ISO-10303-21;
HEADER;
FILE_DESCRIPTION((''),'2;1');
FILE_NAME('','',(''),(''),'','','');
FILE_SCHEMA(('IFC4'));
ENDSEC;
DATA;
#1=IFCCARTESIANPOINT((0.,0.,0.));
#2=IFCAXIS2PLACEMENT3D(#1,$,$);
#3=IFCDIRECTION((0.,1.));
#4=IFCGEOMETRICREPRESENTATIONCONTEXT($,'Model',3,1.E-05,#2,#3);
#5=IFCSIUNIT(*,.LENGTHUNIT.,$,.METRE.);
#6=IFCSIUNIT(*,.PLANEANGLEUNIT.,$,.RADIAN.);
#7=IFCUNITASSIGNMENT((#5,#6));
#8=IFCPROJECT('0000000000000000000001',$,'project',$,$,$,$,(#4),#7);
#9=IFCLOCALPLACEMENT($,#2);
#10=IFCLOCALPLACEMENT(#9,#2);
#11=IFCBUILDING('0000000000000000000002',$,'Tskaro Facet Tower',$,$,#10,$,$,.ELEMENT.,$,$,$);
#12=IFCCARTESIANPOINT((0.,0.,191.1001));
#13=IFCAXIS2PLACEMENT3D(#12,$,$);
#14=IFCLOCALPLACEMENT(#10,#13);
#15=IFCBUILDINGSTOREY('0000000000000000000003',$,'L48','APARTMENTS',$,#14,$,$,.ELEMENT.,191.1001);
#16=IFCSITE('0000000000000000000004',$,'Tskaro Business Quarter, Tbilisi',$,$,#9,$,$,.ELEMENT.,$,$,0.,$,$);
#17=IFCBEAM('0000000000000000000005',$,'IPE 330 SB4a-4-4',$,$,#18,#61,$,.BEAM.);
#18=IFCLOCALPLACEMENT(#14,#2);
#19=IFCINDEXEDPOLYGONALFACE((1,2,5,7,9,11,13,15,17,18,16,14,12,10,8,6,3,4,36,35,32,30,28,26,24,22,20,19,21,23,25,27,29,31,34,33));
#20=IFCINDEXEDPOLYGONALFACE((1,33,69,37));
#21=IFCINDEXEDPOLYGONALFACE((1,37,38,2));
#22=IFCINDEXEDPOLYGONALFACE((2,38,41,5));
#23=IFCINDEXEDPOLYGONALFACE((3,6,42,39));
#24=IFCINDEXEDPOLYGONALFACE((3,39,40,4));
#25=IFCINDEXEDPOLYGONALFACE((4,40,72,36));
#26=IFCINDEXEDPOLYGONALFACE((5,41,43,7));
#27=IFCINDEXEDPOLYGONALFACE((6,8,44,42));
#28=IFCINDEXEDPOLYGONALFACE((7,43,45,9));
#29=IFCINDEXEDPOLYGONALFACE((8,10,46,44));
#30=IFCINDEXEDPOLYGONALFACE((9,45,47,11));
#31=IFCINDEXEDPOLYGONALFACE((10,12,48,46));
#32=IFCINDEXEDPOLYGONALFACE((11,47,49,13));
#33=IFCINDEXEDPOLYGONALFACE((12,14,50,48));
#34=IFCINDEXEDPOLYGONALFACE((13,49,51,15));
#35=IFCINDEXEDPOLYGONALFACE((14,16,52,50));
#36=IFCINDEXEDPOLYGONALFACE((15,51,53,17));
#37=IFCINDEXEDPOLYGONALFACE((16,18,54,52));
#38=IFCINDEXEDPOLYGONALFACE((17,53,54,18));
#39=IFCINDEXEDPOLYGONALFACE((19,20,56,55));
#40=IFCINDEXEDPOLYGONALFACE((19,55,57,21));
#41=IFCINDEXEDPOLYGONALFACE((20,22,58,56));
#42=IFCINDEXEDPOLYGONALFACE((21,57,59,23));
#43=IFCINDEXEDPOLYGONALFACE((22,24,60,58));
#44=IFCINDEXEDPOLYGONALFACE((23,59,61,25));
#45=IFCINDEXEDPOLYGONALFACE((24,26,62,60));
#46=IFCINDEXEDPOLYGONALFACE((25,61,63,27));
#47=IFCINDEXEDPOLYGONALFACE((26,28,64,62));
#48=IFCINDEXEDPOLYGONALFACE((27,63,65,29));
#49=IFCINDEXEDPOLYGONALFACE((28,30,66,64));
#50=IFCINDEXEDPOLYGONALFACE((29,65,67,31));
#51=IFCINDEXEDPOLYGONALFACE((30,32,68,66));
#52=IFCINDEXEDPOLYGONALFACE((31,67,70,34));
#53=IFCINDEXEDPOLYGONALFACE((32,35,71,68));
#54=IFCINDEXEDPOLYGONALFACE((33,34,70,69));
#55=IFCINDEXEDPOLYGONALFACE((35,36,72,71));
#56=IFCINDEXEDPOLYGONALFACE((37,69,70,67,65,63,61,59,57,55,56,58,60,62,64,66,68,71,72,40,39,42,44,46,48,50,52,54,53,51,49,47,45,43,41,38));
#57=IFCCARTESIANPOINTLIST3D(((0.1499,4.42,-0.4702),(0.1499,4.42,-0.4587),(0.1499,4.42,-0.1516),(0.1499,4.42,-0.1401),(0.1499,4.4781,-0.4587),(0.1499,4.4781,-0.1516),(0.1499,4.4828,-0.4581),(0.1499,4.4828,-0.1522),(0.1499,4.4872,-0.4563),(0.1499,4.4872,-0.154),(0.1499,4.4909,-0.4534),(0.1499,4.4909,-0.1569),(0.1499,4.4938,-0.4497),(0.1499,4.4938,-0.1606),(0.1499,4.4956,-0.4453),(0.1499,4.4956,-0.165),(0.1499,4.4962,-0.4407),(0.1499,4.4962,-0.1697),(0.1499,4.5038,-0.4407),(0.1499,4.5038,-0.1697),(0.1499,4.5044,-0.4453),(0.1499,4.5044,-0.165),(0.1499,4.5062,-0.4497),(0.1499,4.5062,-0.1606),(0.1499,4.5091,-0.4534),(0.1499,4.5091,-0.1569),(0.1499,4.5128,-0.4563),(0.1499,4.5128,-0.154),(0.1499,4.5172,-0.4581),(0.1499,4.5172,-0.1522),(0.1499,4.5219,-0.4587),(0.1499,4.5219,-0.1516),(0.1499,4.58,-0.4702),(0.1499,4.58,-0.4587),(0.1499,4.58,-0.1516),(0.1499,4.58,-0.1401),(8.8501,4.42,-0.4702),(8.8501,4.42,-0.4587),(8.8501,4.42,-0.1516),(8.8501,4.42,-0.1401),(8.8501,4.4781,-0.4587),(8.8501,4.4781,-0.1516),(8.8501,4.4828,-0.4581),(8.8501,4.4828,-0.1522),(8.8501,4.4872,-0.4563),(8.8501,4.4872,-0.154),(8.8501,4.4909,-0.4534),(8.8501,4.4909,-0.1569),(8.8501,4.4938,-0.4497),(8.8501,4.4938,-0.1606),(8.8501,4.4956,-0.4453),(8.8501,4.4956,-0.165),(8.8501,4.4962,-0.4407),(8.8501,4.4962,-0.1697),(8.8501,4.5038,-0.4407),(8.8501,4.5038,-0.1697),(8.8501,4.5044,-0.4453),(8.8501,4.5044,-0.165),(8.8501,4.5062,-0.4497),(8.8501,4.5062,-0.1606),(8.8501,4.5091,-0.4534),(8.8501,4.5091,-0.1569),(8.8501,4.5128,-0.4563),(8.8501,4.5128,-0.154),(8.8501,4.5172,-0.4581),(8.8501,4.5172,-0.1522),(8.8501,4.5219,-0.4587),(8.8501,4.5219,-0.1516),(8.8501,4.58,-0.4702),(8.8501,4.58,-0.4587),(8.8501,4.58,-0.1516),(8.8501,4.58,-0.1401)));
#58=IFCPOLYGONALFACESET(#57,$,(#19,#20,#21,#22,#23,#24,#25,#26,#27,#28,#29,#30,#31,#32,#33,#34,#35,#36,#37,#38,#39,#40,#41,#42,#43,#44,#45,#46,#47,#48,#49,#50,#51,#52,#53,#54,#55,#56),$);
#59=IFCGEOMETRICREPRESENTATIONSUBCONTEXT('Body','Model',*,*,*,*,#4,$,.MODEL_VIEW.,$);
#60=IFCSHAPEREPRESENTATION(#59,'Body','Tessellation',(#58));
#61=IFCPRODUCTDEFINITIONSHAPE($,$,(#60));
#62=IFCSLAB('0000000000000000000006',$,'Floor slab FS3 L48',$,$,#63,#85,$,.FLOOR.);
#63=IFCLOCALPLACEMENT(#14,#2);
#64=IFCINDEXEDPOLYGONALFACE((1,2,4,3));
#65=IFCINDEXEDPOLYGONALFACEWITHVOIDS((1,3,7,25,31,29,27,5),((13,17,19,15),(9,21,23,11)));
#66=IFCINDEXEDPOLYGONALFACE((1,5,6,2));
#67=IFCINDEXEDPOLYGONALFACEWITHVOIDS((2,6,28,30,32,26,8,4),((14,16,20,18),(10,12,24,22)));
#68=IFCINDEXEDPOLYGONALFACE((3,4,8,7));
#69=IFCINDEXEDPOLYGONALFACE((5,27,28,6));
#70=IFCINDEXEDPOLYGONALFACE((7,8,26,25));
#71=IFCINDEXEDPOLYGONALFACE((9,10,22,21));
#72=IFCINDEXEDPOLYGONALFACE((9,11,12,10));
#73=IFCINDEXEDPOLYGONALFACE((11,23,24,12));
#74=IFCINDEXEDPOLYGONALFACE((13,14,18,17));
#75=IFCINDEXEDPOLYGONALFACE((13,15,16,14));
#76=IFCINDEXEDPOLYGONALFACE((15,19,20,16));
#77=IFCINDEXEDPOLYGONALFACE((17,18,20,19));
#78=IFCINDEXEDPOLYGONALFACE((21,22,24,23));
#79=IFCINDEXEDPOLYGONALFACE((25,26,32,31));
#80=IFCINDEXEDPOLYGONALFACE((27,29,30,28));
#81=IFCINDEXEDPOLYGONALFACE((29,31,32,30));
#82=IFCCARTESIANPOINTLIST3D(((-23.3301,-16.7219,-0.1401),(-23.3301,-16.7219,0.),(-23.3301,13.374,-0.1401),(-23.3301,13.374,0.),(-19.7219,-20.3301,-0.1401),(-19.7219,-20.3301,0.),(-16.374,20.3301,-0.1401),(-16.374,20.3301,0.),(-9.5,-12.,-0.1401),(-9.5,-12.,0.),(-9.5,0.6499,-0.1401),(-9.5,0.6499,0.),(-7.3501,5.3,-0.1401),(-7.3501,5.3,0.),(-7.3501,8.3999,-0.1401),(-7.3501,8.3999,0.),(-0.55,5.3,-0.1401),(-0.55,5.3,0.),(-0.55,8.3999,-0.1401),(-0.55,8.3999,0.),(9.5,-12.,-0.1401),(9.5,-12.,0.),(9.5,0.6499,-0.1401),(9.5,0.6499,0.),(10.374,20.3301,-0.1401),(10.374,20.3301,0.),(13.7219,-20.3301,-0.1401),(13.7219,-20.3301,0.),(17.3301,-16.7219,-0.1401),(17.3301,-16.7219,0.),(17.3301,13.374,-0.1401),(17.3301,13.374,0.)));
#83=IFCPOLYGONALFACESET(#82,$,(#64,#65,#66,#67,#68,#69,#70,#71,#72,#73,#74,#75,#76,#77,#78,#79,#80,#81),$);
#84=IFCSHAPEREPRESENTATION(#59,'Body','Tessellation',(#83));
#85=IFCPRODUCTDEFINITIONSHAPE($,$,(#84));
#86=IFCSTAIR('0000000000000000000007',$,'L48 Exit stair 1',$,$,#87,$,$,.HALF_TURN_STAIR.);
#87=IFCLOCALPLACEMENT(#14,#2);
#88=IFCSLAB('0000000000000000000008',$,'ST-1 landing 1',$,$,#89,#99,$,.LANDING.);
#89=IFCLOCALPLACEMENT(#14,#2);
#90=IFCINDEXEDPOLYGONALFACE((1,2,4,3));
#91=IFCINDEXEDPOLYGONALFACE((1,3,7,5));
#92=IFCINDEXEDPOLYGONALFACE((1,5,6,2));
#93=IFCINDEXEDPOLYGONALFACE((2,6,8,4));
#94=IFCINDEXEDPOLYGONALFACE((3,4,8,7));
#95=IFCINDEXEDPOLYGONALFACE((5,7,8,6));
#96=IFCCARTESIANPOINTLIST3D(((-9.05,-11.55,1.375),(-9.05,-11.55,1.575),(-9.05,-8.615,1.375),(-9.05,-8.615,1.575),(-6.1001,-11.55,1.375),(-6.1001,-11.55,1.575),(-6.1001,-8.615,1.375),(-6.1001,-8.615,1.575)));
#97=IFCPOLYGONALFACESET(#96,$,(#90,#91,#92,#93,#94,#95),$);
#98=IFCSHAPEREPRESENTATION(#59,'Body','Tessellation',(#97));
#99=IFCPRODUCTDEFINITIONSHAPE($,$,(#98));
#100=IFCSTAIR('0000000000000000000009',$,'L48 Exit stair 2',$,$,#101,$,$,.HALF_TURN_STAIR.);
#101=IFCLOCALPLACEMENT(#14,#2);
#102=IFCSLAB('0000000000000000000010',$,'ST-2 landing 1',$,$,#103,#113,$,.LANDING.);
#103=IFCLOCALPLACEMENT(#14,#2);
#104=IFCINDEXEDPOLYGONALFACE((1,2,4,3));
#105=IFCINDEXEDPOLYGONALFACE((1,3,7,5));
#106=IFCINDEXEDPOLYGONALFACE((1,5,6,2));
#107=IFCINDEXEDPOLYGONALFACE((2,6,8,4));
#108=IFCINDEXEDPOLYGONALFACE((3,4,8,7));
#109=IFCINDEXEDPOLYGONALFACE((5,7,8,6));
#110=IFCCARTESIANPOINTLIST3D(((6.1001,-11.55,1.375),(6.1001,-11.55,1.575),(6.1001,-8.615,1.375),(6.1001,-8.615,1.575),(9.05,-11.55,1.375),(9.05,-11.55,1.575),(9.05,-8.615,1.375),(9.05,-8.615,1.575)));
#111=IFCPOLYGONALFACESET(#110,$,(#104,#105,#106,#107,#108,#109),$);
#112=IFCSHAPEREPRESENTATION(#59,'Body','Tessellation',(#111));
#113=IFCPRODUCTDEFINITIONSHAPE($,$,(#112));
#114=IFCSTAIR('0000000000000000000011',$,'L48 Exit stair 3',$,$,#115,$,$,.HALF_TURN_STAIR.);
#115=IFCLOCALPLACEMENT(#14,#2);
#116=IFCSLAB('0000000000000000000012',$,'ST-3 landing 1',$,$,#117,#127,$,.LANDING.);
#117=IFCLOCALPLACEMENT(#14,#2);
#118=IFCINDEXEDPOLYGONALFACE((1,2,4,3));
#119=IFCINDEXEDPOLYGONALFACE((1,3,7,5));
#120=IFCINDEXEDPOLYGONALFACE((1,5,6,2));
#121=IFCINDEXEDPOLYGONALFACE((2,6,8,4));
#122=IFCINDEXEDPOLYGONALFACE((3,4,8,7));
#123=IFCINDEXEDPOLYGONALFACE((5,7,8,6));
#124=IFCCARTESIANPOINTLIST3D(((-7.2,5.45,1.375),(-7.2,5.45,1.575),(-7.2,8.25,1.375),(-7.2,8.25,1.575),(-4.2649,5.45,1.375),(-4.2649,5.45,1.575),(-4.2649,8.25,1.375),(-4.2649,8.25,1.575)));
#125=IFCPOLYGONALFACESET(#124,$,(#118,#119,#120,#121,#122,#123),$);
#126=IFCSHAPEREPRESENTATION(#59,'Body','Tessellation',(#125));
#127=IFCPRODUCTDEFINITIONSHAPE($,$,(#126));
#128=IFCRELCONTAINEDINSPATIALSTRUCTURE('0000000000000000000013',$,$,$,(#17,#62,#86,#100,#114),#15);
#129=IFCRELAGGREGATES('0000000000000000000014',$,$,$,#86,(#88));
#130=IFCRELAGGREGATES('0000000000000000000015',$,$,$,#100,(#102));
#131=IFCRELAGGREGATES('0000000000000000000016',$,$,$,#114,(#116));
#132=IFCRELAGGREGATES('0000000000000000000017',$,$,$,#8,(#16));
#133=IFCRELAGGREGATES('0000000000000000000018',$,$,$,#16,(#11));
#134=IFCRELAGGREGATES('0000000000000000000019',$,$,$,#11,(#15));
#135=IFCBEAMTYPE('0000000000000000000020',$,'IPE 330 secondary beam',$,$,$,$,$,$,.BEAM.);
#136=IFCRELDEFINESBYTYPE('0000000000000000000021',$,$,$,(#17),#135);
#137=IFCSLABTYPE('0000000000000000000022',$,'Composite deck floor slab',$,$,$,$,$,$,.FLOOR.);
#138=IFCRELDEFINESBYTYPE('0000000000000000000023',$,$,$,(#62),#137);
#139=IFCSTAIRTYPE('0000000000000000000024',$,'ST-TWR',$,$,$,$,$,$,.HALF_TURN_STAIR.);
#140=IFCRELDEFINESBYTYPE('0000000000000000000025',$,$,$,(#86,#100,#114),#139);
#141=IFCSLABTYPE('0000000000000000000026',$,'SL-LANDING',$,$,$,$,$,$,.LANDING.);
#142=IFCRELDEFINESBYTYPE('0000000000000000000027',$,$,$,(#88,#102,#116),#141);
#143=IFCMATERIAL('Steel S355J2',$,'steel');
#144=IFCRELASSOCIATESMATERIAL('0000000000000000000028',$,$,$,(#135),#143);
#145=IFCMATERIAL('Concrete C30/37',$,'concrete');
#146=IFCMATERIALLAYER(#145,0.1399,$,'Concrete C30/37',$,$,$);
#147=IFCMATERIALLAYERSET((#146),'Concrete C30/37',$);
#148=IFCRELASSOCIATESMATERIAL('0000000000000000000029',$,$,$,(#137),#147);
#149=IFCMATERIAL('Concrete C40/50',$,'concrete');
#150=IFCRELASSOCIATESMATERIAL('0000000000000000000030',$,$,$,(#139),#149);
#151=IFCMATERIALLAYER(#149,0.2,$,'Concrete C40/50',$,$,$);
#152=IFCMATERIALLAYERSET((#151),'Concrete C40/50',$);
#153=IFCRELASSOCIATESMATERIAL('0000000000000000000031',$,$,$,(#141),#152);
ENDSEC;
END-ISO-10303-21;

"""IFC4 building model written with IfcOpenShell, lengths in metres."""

from ifc_helpers import new_model, si_unit, direction, frame, origin, origin_2d, place, context, subcontext, project, spatial, polyline, i_section, outline, extrude, material, layer, layer_set, material_profile, profile_set, type_object, element, aggregate, save


model = new_model("IFC4")

# Units and contexts
model_context = context("Model", 3, precision=1e-05, world=origin(), true_north=direction((0.0, 1.0)))
body_context = subcontext(model_context, "Body", "Model", "MODEL_VIEW")
ifc_project = project(units=[si_unit("LENGTHUNIT", "METRE"), si_unit("PLANEANGLEUNIT", "RADIAN")], contexts=[model_context])

# Site, building, storey
site_placement = place(None, origin())
site = spatial("IfcSite", under=ifc_project, at=site_placement, Name="Tskaro Business Quarter, Tbilisi", CompositionType="ELEMENT", RefElevation=0.0)
building_placement = place(site_placement, origin())
building = spatial("IfcBuilding", under=site, at=building_placement, Name="Tskaro Facet Tower", CompositionType="ELEMENT")
storey_placement = place(building_placement, frame((0.0, 0.0, 191.1001)))
storey = spatial("IfcBuildingStorey", under=building, at=storey_placement, Name="L48", Description="APARTMENTS", CompositionType="ELEMENT", Elevation=191.1001)

# Beam
ifc_material_1 = material(Name="Steel S355J2", Category="steel")
ifc_material_profile_1 = material_profile(ifc_material_1, i_section(OverallWidth=0.1599, OverallDepth=0.3301, WebThickness=0.0076, FlangeThickness=0.0115, FilletRadius=0.0181, at=origin_2d()), Name="IPE 330")
ifc_profile_set_1 = profile_set([ifc_material_profile_1], Name="Steel S355J2")
beam_type_1 = type_object("IfcBeamType", Name="IPE 330 secondary beam", PredefinedType="BEAM", material=ifc_profile_set_1)
beam_1_placement = place(storey_placement, frame((0.1499, 4.5, -0.3052), z_axis=(1.0, 0.0, 0.0), x_axis=(0.0, 1.0, 0.0)))
element("IfcBeam", 1, at=beam_1_placement, inside=storey, type_object=beam_type_1, Name="IPE 330 SB4a-4-4", PredefinedType="BEAM", context=body_context, shape_type="SweptSolid", body=[
    extrude(i_section(OverallWidth=0.1599, OverallDepth=0.3301, WebThickness=0.0076, FlangeThickness=0.0115, FilletRadius=0.0181, at=origin_2d()), origin(), (0.0, 0.0, 1.0), 8.7002),
])

# Slab
ifc_material_2 = material(Name="Concrete C30/37", Category="concrete")
ifc_layer_1 = layer(ifc_material_2, 0.1399, Name="Concrete C30/37")
ifc_layer_set_1 = layer_set([ifc_layer_1], Name="Concrete C30/37")
slab_type_1 = type_object("IfcSlabType", Name="Composite deck floor slab", PredefinedType="FLOOR", material=ifc_layer_set_1)
slab_1_placement = place(storey_placement, frame((0.0, 0.0, -0.1401)))
element("IfcSlab", 2, at=slab_1_placement, inside=storey, type_object=slab_type_1, Name="Floor slab FS3 L48", PredefinedType="FLOOR", context=body_context, shape_type="SweptSolid", body=[
    extrude(outline(polyline([(-19.7219, -20.3301), (13.7219, -20.3301), (17.3301, -16.7219), (17.3301, 13.374), (10.374, 20.3301), (-16.374, 20.3301), (-23.3301, 13.374), (-23.3301, -16.7219), (-19.7219, -20.3301)]), holes=[polyline([(-9.5, -12.0), (9.5, -12.0), (9.5, 0.6499), (-9.5, 0.6499), (-9.5, -12.0)]), polyline([(-7.3501, 5.3), (-0.55, 5.3), (-0.55, 8.3999), (-7.3501, 8.3999), (-7.3501, 5.3)])]), origin(), (0.0, 0.0, 1.0), 0.1401),
])

# Stairs, slabs
ifc_material_3 = material(Name="Concrete C40/50", Category="concrete")
stair_type = type_object("IfcStairType", Name="ST-TWR", PredefinedType="HALF_TURN_STAIR", material=ifc_material_3)
stair_1_placement = place(storey_placement, origin())
stair_1 = element("IfcStair", 3, at=stair_1_placement, inside=storey, type_object=stair_type, Name="L48 Exit stair 1", PredefinedType="HALF_TURN_STAIR")
ifc_layer_2 = layer(ifc_material_3, 0.2, Name="Concrete C40/50")
ifc_layer_set_2 = layer_set([ifc_layer_2], Name="Concrete C40/50")
slab_type_2 = type_object("IfcSlabType", Name="SL-LANDING", PredefinedType="LANDING", material=ifc_layer_set_2)
slab_2_placement = place(storey_placement, frame((0.0, 0.0, 1.375)))
slab_2 = element("IfcSlab", 4, at=slab_2_placement, type_object=slab_type_2, Name="ST-1 landing 1", PredefinedType="LANDING", context=body_context, shape_type="SweptSolid", body=[
    extrude(outline(polyline([(-9.05, -11.55), (-6.1001, -11.55), (-6.1001, -8.615), (-9.05, -8.615), (-9.05, -11.55)])), origin(), (0.0, 0.0, 1.0), 0.2),
])
aggregate(stair_1, [slab_2])
stair_2_placement = place(storey_placement, origin())
stair_2 = element("IfcStair", 5, at=stair_2_placement, inside=storey, type_object=stair_type, Name="L48 Exit stair 2", PredefinedType="HALF_TURN_STAIR")
slab_3_placement = place(storey_placement, frame((0.0, 0.0, 1.375)))
slab_3 = element("IfcSlab", 6, at=slab_3_placement, type_object=slab_type_2, Name="ST-2 landing 1", PredefinedType="LANDING", context=body_context, shape_type="SweptSolid", body=[
    extrude(outline(polyline([(6.1001, -11.55), (9.05, -11.55), (9.05, -8.615), (6.1001, -8.615), (6.1001, -11.55)])), origin(), (0.0, 0.0, 1.0), 0.2),
])
aggregate(stair_2, [slab_3])
stair_3_placement = place(storey_placement, origin())
stair_3 = element("IfcStair", 7, at=stair_3_placement, inside=storey, type_object=stair_type, Name="L48 Exit stair 3", PredefinedType="HALF_TURN_STAIR")
slab_4_placement = place(storey_placement, frame((0.0, 0.0, 1.375)))
slab_4 = element("IfcSlab", 8, at=slab_4_placement, type_object=slab_type_2, Name="ST-3 landing 1", PredefinedType="LANDING", context=body_context, shape_type="SweptSolid", body=[
    extrude(outline(polyline([(-7.2, 5.45), (-4.2649, 5.45), (-4.2649, 8.25), (-7.2, 8.25), (-7.2, 5.45)])), origin(), (0.0, 0.0, 1.0), 0.2),
])

aggregate(stair_3, [slab_4])

save(model, "model.ifc")
